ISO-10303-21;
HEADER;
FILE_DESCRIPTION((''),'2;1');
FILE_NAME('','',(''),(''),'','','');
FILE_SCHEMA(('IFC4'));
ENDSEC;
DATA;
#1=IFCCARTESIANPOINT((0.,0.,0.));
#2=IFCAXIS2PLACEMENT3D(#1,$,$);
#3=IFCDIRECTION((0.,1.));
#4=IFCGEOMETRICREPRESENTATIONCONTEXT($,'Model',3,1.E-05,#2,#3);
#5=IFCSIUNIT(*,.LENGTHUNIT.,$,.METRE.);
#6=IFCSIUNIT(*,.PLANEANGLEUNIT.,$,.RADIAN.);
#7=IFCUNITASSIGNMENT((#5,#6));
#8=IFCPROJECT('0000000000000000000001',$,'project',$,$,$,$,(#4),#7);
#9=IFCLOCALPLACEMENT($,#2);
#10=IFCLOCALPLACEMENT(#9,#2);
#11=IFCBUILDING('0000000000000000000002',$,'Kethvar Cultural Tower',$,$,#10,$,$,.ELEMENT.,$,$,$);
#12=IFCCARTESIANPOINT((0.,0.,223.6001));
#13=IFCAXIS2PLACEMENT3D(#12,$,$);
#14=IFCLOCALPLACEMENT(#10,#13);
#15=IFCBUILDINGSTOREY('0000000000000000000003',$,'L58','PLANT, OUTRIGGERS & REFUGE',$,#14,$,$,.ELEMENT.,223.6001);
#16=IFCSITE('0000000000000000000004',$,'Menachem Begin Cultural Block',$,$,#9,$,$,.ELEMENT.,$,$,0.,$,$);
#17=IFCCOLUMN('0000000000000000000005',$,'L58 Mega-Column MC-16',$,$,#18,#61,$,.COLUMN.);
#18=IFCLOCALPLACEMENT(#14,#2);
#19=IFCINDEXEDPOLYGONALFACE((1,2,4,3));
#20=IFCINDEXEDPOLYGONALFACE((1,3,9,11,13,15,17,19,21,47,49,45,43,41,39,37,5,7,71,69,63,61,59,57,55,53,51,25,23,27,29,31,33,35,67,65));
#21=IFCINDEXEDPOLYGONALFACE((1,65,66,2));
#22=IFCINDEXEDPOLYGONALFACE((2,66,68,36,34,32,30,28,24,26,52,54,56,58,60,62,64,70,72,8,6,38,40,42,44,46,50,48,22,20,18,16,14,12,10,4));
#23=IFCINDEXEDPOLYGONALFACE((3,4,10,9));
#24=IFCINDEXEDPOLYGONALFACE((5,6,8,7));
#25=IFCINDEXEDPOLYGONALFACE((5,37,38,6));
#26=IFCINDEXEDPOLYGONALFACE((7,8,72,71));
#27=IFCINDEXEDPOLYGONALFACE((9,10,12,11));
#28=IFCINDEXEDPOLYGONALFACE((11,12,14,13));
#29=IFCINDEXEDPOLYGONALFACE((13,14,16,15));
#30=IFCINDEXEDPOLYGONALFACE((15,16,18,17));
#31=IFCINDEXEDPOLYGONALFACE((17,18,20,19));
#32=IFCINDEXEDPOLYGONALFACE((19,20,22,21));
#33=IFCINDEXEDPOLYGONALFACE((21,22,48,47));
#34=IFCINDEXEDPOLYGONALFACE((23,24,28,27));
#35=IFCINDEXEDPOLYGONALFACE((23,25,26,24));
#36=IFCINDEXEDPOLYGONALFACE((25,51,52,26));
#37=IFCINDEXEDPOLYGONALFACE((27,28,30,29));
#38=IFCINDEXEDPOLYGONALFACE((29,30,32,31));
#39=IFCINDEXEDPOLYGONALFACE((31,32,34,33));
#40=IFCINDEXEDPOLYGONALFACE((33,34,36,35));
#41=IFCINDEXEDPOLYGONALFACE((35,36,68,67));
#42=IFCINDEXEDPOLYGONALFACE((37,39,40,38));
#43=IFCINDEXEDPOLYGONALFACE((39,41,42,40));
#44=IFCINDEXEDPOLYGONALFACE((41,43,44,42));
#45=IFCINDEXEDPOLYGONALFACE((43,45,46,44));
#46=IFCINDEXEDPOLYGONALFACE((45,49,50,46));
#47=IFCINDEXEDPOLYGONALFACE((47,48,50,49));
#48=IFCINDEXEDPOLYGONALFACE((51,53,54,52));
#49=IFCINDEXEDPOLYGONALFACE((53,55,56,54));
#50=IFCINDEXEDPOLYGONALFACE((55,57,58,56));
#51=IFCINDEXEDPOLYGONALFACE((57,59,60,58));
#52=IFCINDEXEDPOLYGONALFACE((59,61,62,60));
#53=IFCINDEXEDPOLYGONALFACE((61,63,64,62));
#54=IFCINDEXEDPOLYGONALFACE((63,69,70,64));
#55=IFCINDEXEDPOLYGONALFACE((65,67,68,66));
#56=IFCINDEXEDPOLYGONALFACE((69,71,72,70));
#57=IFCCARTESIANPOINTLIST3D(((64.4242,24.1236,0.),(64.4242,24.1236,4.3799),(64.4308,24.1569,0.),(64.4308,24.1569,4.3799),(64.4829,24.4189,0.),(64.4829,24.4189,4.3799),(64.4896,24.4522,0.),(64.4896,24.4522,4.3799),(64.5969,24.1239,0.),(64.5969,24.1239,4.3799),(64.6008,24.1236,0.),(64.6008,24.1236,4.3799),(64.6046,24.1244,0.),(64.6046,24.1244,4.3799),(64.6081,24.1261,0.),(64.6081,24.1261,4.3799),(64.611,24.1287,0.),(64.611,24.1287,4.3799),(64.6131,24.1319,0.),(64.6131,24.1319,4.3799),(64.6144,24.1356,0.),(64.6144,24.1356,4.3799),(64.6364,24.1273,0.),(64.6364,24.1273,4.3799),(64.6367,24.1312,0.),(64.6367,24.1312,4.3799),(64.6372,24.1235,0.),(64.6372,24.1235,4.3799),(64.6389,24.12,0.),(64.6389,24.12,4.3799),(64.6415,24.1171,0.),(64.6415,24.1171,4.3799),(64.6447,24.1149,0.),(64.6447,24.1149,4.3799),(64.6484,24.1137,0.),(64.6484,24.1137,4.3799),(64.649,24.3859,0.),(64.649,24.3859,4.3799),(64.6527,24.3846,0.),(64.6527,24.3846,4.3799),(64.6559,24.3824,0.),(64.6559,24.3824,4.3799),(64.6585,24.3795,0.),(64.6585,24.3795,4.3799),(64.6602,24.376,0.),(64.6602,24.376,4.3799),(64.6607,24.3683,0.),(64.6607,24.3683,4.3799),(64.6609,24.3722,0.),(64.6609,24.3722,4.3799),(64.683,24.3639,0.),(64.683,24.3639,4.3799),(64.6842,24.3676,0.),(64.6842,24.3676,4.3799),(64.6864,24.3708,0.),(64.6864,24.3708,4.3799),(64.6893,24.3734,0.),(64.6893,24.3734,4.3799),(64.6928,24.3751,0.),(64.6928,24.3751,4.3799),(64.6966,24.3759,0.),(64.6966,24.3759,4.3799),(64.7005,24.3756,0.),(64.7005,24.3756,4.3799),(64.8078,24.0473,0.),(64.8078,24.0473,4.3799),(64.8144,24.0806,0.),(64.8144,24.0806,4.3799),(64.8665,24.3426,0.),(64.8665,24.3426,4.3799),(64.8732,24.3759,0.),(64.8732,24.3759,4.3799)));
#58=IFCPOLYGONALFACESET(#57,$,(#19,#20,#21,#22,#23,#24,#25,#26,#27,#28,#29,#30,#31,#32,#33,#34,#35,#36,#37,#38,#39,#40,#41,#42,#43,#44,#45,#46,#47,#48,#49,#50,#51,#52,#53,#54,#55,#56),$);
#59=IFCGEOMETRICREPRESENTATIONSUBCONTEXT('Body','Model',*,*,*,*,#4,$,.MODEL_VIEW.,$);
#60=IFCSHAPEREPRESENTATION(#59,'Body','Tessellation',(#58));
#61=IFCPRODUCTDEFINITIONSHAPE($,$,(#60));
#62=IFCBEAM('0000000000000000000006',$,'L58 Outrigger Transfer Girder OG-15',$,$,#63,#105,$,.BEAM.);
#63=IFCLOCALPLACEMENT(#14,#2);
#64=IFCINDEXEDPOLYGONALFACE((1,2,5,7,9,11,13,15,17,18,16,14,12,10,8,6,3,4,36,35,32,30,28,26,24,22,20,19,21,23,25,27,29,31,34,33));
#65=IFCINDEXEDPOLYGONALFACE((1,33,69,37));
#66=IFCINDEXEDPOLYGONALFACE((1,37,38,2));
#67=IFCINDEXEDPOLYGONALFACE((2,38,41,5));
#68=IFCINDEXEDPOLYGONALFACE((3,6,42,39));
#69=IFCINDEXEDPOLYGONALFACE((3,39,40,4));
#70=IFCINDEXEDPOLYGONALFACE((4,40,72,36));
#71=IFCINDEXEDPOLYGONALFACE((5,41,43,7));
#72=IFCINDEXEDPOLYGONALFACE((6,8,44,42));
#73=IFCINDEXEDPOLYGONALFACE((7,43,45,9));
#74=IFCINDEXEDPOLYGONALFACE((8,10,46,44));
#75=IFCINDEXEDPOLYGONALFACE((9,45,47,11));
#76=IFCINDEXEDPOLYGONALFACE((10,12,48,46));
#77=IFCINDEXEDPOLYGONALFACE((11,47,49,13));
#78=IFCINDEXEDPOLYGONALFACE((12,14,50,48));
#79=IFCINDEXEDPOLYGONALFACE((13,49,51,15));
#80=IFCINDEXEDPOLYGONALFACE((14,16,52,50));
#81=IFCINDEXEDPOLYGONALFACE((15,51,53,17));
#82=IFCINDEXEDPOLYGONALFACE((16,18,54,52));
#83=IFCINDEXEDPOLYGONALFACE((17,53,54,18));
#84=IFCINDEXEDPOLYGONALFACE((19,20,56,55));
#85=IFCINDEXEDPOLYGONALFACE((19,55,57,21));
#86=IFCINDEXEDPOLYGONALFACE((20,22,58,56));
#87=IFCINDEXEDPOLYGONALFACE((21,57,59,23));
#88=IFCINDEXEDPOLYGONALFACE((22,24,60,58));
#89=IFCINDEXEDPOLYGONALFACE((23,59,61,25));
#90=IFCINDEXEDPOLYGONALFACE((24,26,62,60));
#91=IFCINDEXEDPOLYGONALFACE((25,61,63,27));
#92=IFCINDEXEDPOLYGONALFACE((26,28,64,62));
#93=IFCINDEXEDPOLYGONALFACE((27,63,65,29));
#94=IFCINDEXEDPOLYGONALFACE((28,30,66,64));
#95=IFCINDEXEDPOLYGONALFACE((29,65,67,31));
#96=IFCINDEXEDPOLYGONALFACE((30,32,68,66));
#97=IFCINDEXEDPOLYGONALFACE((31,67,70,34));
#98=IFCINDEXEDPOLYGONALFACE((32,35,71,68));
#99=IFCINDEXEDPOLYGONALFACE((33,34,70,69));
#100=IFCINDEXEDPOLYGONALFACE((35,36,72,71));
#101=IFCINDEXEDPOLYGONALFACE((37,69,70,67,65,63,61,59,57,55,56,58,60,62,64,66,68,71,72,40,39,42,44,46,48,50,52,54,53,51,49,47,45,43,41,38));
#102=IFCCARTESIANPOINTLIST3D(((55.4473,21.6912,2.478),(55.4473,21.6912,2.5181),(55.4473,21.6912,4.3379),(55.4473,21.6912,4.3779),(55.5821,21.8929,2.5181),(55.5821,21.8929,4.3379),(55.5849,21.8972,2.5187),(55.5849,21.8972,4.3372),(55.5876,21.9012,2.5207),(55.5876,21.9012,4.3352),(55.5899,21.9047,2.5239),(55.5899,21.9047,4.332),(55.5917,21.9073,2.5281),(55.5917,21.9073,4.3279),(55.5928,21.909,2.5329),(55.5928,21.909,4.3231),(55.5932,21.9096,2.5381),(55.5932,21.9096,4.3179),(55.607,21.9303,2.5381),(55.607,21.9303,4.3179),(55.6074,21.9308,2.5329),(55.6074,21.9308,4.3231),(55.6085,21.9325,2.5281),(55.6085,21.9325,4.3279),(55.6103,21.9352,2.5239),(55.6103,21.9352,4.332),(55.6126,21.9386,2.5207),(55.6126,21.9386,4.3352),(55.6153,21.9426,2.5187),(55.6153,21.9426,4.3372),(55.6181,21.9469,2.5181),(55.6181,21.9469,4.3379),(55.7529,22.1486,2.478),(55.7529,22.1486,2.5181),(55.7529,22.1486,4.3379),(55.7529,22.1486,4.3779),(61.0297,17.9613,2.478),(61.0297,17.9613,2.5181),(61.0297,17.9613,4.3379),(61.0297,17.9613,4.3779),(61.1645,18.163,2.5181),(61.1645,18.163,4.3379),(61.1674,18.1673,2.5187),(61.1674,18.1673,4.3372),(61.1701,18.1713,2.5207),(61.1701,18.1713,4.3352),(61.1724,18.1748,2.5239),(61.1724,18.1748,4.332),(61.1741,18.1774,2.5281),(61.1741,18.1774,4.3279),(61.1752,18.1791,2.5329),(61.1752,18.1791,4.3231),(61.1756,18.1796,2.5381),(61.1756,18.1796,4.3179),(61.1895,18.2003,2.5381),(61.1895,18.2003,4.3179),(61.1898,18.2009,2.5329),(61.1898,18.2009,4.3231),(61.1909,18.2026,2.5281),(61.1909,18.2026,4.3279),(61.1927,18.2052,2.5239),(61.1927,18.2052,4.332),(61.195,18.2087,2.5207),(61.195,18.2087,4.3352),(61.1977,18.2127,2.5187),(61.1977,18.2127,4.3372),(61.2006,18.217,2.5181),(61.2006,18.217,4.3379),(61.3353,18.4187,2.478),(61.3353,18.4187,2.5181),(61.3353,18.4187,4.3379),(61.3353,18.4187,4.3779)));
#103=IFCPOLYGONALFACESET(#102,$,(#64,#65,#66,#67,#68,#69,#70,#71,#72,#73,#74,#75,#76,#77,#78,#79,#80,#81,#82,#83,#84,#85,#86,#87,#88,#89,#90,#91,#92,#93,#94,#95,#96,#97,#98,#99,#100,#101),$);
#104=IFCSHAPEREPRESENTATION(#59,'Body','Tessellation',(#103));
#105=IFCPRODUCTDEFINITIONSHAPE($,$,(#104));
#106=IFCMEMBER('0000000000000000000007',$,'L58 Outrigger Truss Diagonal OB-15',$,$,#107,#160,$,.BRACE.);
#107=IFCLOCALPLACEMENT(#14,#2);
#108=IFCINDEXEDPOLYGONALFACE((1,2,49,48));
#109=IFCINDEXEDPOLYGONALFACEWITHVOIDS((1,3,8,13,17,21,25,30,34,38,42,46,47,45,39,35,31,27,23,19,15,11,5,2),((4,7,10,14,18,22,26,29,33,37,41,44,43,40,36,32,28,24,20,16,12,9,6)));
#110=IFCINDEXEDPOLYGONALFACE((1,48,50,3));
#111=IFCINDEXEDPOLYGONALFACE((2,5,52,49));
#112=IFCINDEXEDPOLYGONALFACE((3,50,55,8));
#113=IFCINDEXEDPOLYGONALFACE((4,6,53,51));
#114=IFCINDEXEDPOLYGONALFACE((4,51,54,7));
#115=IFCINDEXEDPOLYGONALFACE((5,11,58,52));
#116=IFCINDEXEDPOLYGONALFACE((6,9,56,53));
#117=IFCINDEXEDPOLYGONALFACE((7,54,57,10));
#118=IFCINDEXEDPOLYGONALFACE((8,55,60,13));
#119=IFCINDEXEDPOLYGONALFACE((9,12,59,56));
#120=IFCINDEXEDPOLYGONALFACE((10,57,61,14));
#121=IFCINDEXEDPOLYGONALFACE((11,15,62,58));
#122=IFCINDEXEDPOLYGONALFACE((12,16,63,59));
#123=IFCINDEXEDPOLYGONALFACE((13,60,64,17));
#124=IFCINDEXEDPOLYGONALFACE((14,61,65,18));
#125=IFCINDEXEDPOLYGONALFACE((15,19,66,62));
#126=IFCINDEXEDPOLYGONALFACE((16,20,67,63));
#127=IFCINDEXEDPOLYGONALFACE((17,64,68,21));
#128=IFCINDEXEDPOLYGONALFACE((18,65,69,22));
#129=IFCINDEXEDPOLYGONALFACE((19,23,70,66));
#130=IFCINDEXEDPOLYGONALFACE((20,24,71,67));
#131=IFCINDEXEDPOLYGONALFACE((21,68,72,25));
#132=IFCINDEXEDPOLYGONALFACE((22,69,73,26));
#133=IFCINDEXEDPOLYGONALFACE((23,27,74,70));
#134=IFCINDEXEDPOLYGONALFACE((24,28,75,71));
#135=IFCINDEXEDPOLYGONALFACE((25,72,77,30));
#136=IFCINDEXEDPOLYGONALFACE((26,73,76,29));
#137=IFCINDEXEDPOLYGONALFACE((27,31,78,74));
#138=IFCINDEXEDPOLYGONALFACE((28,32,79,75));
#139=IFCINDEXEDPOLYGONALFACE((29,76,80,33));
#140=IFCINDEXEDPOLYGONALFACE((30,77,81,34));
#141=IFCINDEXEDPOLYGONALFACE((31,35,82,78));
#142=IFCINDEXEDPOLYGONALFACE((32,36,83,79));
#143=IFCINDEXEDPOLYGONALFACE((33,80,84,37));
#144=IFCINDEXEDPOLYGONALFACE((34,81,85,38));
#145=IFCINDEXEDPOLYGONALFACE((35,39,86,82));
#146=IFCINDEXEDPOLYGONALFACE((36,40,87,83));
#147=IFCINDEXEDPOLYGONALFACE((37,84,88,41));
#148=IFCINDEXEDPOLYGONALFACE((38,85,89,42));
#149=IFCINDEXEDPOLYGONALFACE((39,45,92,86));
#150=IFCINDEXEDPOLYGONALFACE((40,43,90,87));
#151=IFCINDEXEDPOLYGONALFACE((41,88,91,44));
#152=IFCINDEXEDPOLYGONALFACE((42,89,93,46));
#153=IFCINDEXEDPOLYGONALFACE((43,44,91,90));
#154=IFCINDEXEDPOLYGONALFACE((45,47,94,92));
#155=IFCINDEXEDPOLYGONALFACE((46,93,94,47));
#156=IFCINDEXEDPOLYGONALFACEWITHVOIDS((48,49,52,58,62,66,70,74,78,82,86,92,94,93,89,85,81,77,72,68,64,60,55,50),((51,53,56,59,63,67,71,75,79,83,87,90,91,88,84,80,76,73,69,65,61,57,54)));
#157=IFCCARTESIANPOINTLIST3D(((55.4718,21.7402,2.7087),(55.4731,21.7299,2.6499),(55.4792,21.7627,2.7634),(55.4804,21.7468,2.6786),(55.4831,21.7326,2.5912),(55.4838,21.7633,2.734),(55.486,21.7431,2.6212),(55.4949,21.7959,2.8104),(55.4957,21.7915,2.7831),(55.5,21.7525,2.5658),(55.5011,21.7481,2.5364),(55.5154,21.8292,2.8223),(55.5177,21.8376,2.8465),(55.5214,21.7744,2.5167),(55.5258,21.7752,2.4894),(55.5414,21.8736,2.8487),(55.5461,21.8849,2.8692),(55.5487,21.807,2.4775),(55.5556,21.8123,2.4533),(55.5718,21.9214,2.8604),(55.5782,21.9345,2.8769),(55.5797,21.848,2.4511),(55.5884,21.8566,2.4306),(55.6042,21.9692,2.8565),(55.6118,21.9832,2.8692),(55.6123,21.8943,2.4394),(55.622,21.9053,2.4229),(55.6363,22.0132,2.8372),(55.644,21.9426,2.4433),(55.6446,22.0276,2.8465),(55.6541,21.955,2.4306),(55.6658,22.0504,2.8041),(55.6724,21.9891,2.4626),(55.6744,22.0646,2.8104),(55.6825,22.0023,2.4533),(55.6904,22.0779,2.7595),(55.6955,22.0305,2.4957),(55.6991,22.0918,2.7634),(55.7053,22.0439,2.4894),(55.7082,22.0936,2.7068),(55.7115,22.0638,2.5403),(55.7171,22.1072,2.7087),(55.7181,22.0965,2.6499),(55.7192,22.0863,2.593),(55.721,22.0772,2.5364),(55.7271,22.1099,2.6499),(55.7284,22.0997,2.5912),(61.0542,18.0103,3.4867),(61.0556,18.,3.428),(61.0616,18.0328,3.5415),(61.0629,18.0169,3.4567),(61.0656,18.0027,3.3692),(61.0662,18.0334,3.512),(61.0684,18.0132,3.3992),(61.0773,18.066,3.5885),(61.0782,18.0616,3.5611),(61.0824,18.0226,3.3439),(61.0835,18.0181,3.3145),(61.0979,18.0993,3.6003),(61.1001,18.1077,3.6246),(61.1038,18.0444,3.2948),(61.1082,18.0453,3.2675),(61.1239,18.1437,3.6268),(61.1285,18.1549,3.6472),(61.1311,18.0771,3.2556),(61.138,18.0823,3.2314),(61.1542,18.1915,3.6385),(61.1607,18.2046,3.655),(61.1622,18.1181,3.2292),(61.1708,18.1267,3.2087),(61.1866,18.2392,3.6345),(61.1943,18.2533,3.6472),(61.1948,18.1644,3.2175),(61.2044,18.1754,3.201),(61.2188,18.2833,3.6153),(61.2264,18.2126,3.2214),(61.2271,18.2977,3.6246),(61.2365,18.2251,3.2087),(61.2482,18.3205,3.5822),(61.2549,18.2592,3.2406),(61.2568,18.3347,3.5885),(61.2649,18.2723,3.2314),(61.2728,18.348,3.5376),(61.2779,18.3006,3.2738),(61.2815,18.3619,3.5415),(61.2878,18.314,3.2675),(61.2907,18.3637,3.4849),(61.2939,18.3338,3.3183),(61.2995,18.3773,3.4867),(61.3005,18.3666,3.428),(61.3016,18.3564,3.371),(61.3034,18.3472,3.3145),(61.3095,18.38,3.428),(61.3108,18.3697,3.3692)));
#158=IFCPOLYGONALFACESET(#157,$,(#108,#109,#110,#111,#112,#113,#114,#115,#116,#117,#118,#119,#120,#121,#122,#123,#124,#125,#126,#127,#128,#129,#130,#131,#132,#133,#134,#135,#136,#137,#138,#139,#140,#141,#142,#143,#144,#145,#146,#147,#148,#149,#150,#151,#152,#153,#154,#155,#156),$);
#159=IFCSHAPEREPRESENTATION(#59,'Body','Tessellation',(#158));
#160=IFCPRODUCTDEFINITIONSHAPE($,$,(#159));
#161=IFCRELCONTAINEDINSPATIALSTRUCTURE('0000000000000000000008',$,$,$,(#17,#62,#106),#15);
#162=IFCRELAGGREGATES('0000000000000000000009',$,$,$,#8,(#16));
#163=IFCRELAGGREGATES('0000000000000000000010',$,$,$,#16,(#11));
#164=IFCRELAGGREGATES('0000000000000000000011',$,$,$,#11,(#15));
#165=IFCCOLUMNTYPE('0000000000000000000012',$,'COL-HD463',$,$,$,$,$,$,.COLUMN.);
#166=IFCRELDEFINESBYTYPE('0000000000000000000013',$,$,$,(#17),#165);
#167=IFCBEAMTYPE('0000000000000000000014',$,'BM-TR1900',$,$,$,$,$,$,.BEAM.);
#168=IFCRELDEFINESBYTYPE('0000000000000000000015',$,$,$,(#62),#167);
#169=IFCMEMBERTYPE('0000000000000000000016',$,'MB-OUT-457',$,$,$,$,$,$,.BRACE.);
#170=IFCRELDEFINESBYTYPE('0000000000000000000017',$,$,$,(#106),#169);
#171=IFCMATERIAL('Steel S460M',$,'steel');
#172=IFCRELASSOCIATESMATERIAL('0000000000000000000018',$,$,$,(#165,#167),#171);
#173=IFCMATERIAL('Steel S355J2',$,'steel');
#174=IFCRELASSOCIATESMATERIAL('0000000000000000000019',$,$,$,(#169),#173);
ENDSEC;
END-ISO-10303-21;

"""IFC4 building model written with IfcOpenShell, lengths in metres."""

from ifc_helpers import new_model, si_unit, direction, frame, origin, origin_2d, place, context, subcontext, project, spatial, hollow_circle, i_section, extrude, source, transform, mapped, material, material_profile, profile_set, type_object, element, save


model = new_model("IFC4")

# Units and contexts
model_context = context("Model", 3, precision=1e-05, world=origin(), true_north=direction((0.0, 1.0)))
body_context = subcontext(model_context, "Body", "Model", "MODEL_VIEW")
ifc_project = project(units=[si_unit("LENGTHUNIT", "METRE"), si_unit("PLANEANGLEUNIT", "RADIAN")], contexts=[model_context])

# Site, building, storey
site_placement = place(None, origin())
site = spatial("IfcSite", under=ifc_project, at=site_placement, Name="Menachem Begin Cultural Block", CompositionType="ELEMENT", RefElevation=0.0)
building_placement = place(site_placement, origin())
building = spatial("IfcBuilding", under=site, at=building_placement, Name="Kethvar Cultural Tower", CompositionType="ELEMENT")
storey_placement = place(building_placement, frame((0.0, 0.0, 223.6001)))
storey = spatial("IfcBuildingStorey", under=building, at=storey_placement, Name="L58", Description="PLANT, OUTRIGGERS & REFUGE", CompositionType="ELEMENT", Elevation=223.6001)

# Column
ifc_material_1 = material(Name="Steel S460M", Category="steel")
ifc_material_profile_1 = material_profile(ifc_material_1, i_section(OverallWidth=0.3911, OverallDepth=0.335, WebThickness=0.0227, FlangeThickness=0.0339, FilletRadius=0.0149, at=origin_2d()), Name="Steel S460M — HD400x463")
ifc_profile_set_1 = profile_set([ifc_material_profile_1], Name="Steel S460M — HD400x463")
column_type = type_object("IfcColumnType", Name="COL-HD463", PredefinedType="COLUMN", material=ifc_profile_set_1)
shared_shape_1 = source(origin(), body_context, "Body", "SweptSolid", [
    extrude(i_section(OverallWidth=0.3911, OverallDepth=0.335, WebThickness=0.0227, FlangeThickness=0.0339, FilletRadius=0.0149, at=origin_2d()), origin(), (0.0, 0.0, 1.0), 4.3799),
])
column_placement = place(storey_placement, frame((64.6487, 24.2498, 0.0), z_axis=(0.0, 0.0, 1.0), x_axis=(0.980785, -0.19509, 0.0)))
element("IfcColumn", 1, at=column_placement, inside=storey, type_object=column_type, Name="L58 Mega-Column MC-16", PredefinedType="COLUMN", context=body_context, shape_type="MappedRepresentation", body=[
    mapped(shared_shape_1, transform((0.0, 0.0, 0.0), scale=1.0)),
])

# Beam
ifc_material_profile_2 = material_profile(ifc_material_1, i_section(OverallWidth=0.55, OverallDepth=1.8999, WebThickness=0.0249, FlangeThickness=0.04, FilletRadius=0.02, at=origin_2d()), Name="Steel S460M — PG1900x550x40x25")
ifc_profile_set_2 = profile_set([ifc_material_profile_2], Name="Steel S460M — PG1900x550x40x25")
beam_type = type_object("IfcBeamType", Name="BM-TR1900", PredefinedType="BEAM", material=ifc_profile_set_2)
shared_shape_2 = source(origin(), body_context, "Body", "SweptSolid", [
    extrude(i_section(OverallWidth=0.55, OverallDepth=1.8999, WebThickness=0.0249, FlangeThickness=0.04, FilletRadius=0.02, at=origin_2d()), origin(), (0.0, 0.0, 1.0), 6.7139),
])
beam_1_placement = place(storey_placement, frame((55.6001, 21.9199, 3.428), z_axis=(0.831479, -0.555556, 0.0), x_axis=(0.555556, 0.831479, 0.0)))
element("IfcBeam", 2, at=beam_1_placement, inside=storey, type_object=beam_type, Name="L58 Outrigger Transfer Girder OG-15", PredefinedType="BEAM", context=body_context, shape_type="MappedRepresentation", body=[
    mapped(shared_shape_2, transform((0.0, 0.0, 0.0), scale=1.0)),
])

# Member
ifc_material_2 = material(Name="Steel S355J2", Category="steel")
ifc_material_profile_3 = material_profile(ifc_material_2, hollow_circle(Radius=0.2285, WallThickness=0.0161, at=origin_2d()), Name="Steel S355J2 — CHS457x16")
ifc_profile_set_3 = profile_set([ifc_material_profile_3], Name="Steel S355J2 — CHS457x16")
member_type_1 = type_object("IfcMemberType", Name="MB-OUT-457", PredefinedType="BRACE", material=ifc_profile_set_3)
shared_shape_3 = source(origin(), body_context, "Body", "SweptSolid", [
    extrude(hollow_circle(Radius=0.2285, WallThickness=0.0161, at=origin_2d()), origin(), (0.0, 0.0, 1.0), 6.7588),
])
member_1_placement = place(storey_placement, frame((55.6001, 21.9199, 2.6499), z_axis=(0.825951, -0.551862, 0.115119), x_axis=(0.555556, 0.831479, 0.0)))
element("IfcMember", 3, at=member_1_placement, inside=storey, type_object=member_type_1, Name="L58 Outrigger Truss Diagonal OB-15", PredefinedType="BRACE", context=body_context, shape_type="MappedRepresentation", body=[
    mapped(shared_shape_3, transform((0.0, 0.0, 0.0), scale=1.0)),
])

save(model, "model.ifc")
